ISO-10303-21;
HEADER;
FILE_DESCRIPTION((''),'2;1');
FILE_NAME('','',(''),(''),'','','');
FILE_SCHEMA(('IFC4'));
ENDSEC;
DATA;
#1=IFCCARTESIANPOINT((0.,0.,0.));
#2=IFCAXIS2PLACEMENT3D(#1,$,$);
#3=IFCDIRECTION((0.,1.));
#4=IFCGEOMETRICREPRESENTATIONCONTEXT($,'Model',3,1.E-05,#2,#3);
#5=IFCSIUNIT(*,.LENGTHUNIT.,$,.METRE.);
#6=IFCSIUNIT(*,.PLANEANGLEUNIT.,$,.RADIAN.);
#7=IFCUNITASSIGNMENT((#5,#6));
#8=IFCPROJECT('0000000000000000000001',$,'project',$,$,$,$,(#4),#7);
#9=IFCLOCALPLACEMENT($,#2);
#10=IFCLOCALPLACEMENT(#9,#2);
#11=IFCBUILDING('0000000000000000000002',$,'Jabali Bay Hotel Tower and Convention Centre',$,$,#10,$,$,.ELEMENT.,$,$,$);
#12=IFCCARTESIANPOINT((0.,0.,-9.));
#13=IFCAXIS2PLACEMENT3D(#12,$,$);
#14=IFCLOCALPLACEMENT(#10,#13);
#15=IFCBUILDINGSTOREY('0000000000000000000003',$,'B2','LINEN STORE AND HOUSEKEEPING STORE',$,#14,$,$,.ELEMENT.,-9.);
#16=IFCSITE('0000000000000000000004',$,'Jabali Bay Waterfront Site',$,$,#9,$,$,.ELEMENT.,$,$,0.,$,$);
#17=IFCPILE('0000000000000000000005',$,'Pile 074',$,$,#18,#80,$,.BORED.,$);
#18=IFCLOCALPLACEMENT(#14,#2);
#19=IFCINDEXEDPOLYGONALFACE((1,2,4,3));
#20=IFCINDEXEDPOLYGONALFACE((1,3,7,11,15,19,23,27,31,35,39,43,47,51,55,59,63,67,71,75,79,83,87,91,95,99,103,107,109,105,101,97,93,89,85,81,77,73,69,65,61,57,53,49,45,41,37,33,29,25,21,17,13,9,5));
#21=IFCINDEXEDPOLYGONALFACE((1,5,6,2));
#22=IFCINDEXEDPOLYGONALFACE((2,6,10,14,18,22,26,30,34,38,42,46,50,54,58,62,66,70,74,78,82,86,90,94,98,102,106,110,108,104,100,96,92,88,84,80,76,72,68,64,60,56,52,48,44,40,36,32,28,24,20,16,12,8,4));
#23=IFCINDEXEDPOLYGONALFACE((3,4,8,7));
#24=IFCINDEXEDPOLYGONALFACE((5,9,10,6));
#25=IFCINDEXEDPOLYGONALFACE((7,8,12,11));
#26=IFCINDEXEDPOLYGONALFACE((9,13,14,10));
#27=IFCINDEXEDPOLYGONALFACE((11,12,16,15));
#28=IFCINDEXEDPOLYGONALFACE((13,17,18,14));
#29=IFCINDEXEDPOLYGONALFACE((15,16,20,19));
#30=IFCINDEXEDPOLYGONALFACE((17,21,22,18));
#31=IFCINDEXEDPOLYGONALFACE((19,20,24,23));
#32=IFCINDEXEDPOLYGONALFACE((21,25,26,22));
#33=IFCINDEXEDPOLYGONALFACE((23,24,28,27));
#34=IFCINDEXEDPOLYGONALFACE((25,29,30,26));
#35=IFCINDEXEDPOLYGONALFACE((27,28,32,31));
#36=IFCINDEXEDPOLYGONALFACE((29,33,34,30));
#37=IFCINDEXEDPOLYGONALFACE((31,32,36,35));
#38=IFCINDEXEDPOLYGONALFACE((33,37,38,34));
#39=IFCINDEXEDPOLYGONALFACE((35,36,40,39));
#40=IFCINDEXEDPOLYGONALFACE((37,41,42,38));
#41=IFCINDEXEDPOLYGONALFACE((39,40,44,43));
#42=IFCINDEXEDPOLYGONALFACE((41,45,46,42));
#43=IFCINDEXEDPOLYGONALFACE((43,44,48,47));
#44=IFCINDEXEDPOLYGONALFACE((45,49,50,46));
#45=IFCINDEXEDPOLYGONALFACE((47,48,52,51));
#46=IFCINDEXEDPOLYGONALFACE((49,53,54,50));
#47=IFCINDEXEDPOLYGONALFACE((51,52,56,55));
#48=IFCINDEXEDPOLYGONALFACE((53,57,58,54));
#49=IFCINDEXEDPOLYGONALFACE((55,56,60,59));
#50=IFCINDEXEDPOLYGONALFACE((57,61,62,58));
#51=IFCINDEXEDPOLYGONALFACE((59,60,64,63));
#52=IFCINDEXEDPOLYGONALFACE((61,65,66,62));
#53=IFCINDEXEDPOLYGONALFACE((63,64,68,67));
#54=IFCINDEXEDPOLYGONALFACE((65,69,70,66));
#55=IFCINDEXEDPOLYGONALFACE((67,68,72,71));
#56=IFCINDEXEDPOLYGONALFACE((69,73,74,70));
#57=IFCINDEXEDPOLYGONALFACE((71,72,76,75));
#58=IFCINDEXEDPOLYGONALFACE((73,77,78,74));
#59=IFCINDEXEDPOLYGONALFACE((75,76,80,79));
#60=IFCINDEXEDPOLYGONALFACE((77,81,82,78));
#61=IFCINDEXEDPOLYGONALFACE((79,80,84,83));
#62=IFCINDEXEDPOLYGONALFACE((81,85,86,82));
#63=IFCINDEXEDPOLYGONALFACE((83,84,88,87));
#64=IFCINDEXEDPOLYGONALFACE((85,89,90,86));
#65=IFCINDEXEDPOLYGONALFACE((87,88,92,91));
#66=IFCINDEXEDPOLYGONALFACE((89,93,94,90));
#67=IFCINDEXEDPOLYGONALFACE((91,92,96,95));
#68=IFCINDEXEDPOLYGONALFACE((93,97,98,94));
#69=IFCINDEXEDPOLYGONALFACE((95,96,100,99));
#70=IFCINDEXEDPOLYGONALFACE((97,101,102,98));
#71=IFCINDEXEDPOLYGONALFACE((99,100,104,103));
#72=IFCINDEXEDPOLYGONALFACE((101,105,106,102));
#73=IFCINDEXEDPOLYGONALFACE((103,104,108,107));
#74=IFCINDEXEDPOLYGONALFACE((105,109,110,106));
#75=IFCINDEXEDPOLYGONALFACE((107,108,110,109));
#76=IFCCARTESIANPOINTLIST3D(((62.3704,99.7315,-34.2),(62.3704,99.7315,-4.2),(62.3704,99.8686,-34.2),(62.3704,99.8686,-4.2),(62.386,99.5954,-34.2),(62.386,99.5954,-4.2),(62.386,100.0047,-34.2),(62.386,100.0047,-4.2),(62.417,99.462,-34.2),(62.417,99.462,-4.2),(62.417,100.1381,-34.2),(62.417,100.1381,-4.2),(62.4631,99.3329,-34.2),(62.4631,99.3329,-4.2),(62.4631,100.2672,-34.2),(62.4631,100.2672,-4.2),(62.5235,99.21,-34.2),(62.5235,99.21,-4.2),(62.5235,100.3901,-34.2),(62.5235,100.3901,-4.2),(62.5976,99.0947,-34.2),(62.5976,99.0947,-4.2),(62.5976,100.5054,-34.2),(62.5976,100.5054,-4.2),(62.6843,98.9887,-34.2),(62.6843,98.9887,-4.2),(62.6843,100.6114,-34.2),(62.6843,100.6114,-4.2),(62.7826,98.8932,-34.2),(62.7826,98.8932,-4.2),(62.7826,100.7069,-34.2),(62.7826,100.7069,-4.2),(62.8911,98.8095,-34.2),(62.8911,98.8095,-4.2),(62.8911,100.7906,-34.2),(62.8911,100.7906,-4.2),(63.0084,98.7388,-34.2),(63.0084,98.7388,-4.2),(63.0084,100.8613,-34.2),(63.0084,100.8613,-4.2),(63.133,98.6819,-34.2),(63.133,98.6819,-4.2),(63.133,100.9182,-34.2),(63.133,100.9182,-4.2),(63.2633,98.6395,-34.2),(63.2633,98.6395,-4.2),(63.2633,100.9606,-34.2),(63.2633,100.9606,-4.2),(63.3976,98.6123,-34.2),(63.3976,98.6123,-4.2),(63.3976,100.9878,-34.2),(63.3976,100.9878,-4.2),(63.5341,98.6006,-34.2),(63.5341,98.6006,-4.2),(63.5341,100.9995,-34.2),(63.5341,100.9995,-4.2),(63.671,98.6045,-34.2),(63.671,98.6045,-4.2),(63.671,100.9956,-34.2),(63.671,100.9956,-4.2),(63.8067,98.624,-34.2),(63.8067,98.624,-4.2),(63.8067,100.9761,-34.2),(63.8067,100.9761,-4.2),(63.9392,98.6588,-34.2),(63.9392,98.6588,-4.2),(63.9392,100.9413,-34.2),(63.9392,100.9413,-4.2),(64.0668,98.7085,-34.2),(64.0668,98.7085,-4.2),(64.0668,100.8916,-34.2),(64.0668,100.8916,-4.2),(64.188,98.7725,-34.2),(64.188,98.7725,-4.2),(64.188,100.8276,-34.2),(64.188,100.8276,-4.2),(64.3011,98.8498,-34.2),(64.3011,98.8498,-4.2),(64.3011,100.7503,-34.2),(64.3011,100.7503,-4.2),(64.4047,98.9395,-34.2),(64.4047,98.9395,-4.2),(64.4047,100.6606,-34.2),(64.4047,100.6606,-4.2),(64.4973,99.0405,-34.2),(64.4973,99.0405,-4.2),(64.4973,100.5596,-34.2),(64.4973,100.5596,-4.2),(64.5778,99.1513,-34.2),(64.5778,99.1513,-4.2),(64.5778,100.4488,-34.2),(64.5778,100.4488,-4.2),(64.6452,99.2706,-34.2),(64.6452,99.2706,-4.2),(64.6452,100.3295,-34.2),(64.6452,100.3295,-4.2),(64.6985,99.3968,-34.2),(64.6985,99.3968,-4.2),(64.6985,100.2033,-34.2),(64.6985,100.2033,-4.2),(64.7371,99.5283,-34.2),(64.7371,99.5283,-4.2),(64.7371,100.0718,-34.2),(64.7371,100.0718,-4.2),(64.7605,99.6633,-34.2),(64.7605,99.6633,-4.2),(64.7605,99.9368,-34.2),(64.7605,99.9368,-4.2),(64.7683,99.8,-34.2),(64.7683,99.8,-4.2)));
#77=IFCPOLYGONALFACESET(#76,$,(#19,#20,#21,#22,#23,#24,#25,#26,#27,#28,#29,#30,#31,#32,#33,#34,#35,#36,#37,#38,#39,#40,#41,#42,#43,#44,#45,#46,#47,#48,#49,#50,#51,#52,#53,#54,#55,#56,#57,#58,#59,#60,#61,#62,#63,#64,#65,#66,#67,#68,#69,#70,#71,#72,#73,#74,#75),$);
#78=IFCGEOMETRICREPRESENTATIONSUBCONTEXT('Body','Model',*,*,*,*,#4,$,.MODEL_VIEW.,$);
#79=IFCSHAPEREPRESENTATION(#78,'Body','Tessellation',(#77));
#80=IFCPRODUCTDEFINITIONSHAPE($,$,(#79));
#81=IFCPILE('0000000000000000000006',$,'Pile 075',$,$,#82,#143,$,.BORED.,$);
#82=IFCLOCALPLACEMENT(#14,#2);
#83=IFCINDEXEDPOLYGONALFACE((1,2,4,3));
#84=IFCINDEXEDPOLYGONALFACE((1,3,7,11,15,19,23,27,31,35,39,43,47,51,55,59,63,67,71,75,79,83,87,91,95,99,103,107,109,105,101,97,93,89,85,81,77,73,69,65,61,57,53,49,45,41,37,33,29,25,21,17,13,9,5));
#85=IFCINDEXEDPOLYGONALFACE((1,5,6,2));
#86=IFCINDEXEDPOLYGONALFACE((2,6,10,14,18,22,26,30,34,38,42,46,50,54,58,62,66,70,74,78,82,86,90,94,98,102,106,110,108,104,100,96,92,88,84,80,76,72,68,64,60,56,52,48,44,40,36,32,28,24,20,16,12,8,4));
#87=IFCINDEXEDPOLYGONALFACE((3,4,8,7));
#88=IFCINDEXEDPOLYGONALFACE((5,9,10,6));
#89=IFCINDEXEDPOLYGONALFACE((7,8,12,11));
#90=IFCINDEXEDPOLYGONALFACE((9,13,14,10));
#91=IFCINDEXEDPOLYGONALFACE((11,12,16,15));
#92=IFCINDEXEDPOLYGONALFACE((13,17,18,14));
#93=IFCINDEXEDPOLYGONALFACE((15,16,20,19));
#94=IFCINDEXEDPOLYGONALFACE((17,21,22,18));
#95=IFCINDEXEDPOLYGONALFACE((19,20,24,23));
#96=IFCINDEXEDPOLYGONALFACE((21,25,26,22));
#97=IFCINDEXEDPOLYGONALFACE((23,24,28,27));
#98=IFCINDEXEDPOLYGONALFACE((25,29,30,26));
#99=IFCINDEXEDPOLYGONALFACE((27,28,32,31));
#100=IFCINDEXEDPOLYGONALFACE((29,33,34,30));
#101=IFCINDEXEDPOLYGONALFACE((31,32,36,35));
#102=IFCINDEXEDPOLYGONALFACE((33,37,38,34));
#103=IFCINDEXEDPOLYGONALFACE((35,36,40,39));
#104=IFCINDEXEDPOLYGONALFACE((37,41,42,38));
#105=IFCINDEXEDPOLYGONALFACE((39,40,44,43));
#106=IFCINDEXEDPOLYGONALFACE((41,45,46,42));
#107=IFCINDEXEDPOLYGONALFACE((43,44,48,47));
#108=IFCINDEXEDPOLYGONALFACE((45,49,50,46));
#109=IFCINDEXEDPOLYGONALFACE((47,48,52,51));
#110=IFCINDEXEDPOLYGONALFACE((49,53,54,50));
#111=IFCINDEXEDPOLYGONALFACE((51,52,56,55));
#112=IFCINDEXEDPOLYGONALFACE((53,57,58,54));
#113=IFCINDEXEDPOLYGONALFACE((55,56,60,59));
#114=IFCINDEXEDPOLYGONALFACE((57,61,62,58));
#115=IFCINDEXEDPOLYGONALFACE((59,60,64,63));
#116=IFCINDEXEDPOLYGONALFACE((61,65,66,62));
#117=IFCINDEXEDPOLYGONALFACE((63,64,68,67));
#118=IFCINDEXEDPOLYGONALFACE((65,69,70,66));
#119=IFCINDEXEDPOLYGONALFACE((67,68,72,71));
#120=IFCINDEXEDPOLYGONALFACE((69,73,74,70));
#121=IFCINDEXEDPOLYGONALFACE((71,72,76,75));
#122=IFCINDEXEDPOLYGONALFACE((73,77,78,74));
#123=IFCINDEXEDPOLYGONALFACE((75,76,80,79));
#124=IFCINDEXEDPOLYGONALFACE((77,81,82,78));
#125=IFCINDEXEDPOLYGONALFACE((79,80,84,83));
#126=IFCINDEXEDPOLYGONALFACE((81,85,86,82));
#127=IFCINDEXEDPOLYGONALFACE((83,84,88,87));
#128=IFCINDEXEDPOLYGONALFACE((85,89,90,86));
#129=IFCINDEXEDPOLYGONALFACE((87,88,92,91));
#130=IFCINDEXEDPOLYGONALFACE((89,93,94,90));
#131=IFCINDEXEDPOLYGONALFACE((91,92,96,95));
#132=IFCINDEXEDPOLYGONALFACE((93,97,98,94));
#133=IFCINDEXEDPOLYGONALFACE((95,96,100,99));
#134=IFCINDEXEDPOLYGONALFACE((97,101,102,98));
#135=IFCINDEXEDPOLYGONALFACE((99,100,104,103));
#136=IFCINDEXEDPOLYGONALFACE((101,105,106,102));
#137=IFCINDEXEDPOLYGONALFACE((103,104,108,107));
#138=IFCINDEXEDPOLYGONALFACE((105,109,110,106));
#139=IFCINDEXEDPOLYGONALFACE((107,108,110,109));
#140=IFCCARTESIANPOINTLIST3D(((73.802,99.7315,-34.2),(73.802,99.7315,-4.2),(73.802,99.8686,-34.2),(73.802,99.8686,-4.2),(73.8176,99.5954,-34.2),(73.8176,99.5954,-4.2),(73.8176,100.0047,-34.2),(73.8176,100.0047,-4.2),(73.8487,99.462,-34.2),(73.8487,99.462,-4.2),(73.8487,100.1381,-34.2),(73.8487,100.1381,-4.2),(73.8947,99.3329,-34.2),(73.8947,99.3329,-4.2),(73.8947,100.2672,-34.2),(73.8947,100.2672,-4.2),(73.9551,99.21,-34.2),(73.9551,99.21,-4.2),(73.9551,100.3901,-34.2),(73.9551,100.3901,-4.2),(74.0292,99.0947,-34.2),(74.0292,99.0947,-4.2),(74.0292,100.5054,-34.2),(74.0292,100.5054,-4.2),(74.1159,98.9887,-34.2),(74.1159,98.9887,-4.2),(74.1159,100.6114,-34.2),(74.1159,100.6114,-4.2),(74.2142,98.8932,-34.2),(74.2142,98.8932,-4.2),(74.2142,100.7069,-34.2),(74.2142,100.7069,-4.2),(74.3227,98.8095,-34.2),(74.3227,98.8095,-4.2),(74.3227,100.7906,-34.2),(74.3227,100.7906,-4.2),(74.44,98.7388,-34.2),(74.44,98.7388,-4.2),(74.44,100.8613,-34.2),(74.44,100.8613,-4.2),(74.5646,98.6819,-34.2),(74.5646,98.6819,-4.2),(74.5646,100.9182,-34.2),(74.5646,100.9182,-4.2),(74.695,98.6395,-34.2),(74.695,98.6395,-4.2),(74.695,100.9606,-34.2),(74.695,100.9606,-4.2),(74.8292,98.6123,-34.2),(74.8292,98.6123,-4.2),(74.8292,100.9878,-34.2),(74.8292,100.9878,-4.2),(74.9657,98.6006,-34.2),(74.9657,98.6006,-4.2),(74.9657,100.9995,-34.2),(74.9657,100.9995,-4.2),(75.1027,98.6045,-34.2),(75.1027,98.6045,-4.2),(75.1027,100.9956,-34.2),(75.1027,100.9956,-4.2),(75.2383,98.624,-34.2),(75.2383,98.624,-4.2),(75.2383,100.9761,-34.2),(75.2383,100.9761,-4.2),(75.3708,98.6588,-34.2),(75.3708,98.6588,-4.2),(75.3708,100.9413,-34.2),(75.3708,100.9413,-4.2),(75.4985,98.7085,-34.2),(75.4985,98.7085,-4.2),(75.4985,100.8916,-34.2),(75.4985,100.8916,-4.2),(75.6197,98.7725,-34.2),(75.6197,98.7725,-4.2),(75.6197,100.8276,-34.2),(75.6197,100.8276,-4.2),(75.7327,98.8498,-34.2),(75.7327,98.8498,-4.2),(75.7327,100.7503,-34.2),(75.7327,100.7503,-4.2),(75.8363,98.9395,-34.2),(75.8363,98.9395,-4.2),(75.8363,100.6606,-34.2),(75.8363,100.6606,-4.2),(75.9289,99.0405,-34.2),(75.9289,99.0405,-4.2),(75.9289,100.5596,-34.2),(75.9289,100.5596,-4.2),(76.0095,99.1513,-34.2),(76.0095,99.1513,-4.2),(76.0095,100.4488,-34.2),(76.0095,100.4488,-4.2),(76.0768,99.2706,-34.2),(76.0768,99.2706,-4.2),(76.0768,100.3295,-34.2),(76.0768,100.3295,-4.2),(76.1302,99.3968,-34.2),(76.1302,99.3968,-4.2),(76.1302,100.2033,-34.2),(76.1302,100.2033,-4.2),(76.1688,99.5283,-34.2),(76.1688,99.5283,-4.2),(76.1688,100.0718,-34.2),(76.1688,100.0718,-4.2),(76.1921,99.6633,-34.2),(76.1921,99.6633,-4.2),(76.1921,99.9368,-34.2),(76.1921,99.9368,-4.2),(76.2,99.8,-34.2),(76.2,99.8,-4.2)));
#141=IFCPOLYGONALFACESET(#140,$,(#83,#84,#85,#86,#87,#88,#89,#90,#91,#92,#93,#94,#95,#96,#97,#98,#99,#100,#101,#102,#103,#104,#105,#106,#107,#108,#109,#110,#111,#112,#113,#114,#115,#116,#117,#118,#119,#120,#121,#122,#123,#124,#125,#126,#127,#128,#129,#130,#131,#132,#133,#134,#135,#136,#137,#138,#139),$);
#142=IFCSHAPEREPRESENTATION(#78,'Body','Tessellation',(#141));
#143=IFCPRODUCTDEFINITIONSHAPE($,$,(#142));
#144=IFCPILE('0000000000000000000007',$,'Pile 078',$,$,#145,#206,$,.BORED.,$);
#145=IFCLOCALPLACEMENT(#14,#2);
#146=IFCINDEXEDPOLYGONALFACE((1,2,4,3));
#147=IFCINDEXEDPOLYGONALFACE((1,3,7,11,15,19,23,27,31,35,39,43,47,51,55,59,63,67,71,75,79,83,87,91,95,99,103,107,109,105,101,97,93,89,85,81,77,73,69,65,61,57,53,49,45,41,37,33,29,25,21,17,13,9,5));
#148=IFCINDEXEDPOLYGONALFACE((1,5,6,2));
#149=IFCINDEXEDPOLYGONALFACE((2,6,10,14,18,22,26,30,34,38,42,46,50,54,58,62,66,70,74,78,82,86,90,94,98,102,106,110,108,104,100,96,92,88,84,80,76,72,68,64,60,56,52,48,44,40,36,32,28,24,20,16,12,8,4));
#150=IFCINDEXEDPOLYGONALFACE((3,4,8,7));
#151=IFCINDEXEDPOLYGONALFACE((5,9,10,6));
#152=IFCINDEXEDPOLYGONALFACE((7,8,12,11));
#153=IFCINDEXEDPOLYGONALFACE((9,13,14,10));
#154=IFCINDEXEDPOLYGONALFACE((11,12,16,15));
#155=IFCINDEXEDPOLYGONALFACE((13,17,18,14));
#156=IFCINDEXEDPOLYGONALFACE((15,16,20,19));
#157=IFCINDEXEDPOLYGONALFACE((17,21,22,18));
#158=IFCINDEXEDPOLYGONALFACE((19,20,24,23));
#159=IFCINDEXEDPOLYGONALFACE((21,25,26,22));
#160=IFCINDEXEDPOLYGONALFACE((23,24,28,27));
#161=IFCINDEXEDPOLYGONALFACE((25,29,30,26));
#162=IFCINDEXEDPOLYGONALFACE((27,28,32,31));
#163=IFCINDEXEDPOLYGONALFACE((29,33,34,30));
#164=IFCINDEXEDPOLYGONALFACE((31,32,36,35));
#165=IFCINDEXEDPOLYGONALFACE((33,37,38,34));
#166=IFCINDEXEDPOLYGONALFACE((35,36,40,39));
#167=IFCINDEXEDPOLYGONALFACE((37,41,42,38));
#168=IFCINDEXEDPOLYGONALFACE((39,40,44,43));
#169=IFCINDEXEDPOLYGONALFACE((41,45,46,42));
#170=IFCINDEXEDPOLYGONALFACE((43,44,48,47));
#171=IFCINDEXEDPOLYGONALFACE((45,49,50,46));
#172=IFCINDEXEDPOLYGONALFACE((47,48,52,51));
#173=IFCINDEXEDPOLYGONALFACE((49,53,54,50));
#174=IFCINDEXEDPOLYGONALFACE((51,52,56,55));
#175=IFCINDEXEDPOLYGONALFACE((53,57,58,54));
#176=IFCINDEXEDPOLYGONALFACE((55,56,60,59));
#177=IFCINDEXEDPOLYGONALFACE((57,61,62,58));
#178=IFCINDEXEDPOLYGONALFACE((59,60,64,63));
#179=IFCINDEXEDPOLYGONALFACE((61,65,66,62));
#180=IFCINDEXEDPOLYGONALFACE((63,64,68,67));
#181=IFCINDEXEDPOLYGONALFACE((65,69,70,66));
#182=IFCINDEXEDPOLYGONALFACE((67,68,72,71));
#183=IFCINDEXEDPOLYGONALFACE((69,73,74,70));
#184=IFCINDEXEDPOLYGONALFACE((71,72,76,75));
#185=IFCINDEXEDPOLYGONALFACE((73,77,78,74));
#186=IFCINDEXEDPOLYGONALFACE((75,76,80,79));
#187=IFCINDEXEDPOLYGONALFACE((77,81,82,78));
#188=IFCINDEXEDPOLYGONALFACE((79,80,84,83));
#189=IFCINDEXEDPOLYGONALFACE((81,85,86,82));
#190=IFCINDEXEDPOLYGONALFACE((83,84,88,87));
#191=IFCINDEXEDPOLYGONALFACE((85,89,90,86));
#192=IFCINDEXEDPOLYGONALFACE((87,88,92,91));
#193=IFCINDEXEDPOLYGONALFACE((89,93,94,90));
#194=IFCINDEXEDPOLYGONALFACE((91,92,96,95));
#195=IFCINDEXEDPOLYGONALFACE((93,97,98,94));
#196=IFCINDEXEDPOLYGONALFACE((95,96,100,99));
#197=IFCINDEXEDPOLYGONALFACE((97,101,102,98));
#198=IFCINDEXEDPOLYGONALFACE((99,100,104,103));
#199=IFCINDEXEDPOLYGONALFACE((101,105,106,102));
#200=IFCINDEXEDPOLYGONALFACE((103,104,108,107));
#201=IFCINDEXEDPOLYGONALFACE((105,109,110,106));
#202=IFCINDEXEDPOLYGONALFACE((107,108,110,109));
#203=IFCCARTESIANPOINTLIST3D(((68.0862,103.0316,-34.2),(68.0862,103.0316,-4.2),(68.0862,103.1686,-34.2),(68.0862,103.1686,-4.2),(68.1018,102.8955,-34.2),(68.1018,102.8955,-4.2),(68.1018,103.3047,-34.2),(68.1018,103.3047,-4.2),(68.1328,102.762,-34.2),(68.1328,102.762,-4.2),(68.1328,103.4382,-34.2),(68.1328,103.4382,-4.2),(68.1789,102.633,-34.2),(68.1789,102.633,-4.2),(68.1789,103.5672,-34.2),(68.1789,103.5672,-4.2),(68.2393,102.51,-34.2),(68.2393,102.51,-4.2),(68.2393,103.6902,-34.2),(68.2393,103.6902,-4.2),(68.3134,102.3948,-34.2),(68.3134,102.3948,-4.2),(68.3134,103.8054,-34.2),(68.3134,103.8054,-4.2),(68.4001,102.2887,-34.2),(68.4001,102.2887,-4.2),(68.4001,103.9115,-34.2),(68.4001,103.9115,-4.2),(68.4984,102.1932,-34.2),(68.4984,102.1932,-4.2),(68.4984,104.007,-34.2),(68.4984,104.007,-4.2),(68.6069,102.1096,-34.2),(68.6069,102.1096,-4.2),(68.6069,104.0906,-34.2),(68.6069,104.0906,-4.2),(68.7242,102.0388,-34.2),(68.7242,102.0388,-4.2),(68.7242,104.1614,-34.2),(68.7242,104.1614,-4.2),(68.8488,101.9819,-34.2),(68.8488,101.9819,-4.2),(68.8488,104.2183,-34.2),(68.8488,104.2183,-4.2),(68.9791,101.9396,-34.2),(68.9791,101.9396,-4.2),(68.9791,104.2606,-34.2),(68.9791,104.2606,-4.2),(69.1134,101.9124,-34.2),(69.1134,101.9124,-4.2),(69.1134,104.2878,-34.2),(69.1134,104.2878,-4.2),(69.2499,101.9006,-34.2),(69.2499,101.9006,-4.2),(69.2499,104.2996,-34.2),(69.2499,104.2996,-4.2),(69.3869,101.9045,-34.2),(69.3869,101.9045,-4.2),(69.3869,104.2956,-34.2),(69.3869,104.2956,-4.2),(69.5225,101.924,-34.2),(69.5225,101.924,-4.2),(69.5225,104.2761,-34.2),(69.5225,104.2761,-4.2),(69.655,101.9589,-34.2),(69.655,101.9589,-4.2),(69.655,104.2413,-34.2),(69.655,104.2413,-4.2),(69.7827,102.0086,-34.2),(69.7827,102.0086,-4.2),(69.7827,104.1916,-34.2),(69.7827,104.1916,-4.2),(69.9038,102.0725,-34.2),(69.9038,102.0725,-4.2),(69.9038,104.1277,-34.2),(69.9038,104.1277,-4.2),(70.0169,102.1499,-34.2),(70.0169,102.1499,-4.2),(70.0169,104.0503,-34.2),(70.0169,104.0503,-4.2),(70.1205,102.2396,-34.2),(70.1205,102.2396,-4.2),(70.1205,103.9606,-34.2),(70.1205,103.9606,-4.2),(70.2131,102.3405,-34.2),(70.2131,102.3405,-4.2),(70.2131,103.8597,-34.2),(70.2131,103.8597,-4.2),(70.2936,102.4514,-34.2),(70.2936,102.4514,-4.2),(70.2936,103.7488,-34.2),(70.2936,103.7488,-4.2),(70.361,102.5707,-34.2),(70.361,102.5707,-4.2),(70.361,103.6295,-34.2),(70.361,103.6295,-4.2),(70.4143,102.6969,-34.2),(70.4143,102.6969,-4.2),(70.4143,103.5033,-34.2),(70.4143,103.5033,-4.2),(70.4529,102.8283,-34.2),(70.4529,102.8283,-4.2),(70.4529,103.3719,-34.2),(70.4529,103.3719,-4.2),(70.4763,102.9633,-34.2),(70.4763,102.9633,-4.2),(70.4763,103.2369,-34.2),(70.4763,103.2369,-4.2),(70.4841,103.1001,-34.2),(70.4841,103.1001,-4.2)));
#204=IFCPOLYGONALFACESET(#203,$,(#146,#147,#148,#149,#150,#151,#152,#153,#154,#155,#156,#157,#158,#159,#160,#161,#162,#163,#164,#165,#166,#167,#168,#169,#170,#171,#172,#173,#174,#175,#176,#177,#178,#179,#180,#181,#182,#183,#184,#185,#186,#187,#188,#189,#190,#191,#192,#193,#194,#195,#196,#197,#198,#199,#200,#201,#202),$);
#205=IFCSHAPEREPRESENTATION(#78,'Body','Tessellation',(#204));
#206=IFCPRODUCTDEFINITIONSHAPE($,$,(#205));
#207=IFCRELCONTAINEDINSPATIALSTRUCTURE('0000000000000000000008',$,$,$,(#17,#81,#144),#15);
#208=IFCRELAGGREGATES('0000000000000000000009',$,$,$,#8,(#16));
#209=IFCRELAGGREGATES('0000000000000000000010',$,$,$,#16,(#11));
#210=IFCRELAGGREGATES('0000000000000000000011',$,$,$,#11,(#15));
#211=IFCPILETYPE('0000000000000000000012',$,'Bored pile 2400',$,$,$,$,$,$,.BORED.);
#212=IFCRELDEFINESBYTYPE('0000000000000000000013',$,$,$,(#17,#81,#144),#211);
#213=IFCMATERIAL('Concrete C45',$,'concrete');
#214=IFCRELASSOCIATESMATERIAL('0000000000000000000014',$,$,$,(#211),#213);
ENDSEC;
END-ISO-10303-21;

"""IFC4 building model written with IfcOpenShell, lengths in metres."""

from ifc_helpers import new_model, si_unit, direction, frame, origin, origin_2d, place, context, subcontext, project, spatial, circle, extrude, material, material_profile, profile_set, type_object, element, save


model = new_model("IFC4")

# Units and contexts
model_context = context("Model", 3, precision=1e-05, world=origin(), true_north=direction((0.0, 1.0)))
body_context = subcontext(model_context, "Body", "Model", "MODEL_VIEW")
ifc_project = project(units=[si_unit("LENGTHUNIT", "METRE"), si_unit("PLANEANGLEUNIT", "RADIAN")], contexts=[model_context])

# Site, building, storey
site_placement = place(None, origin())
site = spatial("IfcSite", under=ifc_project, at=site_placement, Name="Jabali Bay Waterfront Site", CompositionType="ELEMENT", RefElevation=0.0)
building_placement = place(site_placement, origin())
building = spatial("IfcBuilding", under=site, at=building_placement, Name="Jabali Bay Hotel Tower and Convention Centre", CompositionType="ELEMENT")
storey_placement = place(building_placement, frame((0.0, 0.0, -9.0)))
storey = spatial("IfcBuildingStorey", under=building, at=storey_placement, Name="B2", Description="LINEN STORE AND HOUSEKEEPING STORE", CompositionType="ELEMENT", Elevation=-9.0)

# Piles
ifc_material_1 = material(Name="Concrete C45", Category="concrete")
ifc_material_profile_1 = material_profile(ifc_material_1, circle(Radius=1.2, at=origin_2d()), Name="Bored pile 2400")
ifc_profile_set_1 = profile_set([ifc_material_profile_1], Name="Concrete C45")
pile_type = type_object("IfcPileType", Name="Bored pile 2400", PredefinedType="BORED", material=ifc_profile_set_1)
for number, where, z_axis, x_axis, name in (
    (1, (63.5684, 99.8, -4.2), (0.0, 0.0, -1.0), (1.0, 0.0, 0.0), "Pile 074"),
    (2, (75.0, 99.8, -4.2), (0.0, 0.0, -1.0), (1.0, 0.0, 0.0), "Pile 075"),
    (3, (69.2842, 103.1001, -4.2), (0.0, 0.0, -1.0), (1.0, 0.0, 0.0), "Pile 078"),
):
    element("IfcPile", number, at=place(storey_placement, frame(where, z_axis=z_axis, x_axis=x_axis)), inside=storey, type_object=pile_type, Name=name, PredefinedType="BORED", context=body_context, shape_type="SweptSolid", body=[
        extrude(circle(Radius=1.2, at=origin_2d()), origin(), (0.0, 0.0, 1.0), 30.0),
    ])

save(model, "model.ifc")
